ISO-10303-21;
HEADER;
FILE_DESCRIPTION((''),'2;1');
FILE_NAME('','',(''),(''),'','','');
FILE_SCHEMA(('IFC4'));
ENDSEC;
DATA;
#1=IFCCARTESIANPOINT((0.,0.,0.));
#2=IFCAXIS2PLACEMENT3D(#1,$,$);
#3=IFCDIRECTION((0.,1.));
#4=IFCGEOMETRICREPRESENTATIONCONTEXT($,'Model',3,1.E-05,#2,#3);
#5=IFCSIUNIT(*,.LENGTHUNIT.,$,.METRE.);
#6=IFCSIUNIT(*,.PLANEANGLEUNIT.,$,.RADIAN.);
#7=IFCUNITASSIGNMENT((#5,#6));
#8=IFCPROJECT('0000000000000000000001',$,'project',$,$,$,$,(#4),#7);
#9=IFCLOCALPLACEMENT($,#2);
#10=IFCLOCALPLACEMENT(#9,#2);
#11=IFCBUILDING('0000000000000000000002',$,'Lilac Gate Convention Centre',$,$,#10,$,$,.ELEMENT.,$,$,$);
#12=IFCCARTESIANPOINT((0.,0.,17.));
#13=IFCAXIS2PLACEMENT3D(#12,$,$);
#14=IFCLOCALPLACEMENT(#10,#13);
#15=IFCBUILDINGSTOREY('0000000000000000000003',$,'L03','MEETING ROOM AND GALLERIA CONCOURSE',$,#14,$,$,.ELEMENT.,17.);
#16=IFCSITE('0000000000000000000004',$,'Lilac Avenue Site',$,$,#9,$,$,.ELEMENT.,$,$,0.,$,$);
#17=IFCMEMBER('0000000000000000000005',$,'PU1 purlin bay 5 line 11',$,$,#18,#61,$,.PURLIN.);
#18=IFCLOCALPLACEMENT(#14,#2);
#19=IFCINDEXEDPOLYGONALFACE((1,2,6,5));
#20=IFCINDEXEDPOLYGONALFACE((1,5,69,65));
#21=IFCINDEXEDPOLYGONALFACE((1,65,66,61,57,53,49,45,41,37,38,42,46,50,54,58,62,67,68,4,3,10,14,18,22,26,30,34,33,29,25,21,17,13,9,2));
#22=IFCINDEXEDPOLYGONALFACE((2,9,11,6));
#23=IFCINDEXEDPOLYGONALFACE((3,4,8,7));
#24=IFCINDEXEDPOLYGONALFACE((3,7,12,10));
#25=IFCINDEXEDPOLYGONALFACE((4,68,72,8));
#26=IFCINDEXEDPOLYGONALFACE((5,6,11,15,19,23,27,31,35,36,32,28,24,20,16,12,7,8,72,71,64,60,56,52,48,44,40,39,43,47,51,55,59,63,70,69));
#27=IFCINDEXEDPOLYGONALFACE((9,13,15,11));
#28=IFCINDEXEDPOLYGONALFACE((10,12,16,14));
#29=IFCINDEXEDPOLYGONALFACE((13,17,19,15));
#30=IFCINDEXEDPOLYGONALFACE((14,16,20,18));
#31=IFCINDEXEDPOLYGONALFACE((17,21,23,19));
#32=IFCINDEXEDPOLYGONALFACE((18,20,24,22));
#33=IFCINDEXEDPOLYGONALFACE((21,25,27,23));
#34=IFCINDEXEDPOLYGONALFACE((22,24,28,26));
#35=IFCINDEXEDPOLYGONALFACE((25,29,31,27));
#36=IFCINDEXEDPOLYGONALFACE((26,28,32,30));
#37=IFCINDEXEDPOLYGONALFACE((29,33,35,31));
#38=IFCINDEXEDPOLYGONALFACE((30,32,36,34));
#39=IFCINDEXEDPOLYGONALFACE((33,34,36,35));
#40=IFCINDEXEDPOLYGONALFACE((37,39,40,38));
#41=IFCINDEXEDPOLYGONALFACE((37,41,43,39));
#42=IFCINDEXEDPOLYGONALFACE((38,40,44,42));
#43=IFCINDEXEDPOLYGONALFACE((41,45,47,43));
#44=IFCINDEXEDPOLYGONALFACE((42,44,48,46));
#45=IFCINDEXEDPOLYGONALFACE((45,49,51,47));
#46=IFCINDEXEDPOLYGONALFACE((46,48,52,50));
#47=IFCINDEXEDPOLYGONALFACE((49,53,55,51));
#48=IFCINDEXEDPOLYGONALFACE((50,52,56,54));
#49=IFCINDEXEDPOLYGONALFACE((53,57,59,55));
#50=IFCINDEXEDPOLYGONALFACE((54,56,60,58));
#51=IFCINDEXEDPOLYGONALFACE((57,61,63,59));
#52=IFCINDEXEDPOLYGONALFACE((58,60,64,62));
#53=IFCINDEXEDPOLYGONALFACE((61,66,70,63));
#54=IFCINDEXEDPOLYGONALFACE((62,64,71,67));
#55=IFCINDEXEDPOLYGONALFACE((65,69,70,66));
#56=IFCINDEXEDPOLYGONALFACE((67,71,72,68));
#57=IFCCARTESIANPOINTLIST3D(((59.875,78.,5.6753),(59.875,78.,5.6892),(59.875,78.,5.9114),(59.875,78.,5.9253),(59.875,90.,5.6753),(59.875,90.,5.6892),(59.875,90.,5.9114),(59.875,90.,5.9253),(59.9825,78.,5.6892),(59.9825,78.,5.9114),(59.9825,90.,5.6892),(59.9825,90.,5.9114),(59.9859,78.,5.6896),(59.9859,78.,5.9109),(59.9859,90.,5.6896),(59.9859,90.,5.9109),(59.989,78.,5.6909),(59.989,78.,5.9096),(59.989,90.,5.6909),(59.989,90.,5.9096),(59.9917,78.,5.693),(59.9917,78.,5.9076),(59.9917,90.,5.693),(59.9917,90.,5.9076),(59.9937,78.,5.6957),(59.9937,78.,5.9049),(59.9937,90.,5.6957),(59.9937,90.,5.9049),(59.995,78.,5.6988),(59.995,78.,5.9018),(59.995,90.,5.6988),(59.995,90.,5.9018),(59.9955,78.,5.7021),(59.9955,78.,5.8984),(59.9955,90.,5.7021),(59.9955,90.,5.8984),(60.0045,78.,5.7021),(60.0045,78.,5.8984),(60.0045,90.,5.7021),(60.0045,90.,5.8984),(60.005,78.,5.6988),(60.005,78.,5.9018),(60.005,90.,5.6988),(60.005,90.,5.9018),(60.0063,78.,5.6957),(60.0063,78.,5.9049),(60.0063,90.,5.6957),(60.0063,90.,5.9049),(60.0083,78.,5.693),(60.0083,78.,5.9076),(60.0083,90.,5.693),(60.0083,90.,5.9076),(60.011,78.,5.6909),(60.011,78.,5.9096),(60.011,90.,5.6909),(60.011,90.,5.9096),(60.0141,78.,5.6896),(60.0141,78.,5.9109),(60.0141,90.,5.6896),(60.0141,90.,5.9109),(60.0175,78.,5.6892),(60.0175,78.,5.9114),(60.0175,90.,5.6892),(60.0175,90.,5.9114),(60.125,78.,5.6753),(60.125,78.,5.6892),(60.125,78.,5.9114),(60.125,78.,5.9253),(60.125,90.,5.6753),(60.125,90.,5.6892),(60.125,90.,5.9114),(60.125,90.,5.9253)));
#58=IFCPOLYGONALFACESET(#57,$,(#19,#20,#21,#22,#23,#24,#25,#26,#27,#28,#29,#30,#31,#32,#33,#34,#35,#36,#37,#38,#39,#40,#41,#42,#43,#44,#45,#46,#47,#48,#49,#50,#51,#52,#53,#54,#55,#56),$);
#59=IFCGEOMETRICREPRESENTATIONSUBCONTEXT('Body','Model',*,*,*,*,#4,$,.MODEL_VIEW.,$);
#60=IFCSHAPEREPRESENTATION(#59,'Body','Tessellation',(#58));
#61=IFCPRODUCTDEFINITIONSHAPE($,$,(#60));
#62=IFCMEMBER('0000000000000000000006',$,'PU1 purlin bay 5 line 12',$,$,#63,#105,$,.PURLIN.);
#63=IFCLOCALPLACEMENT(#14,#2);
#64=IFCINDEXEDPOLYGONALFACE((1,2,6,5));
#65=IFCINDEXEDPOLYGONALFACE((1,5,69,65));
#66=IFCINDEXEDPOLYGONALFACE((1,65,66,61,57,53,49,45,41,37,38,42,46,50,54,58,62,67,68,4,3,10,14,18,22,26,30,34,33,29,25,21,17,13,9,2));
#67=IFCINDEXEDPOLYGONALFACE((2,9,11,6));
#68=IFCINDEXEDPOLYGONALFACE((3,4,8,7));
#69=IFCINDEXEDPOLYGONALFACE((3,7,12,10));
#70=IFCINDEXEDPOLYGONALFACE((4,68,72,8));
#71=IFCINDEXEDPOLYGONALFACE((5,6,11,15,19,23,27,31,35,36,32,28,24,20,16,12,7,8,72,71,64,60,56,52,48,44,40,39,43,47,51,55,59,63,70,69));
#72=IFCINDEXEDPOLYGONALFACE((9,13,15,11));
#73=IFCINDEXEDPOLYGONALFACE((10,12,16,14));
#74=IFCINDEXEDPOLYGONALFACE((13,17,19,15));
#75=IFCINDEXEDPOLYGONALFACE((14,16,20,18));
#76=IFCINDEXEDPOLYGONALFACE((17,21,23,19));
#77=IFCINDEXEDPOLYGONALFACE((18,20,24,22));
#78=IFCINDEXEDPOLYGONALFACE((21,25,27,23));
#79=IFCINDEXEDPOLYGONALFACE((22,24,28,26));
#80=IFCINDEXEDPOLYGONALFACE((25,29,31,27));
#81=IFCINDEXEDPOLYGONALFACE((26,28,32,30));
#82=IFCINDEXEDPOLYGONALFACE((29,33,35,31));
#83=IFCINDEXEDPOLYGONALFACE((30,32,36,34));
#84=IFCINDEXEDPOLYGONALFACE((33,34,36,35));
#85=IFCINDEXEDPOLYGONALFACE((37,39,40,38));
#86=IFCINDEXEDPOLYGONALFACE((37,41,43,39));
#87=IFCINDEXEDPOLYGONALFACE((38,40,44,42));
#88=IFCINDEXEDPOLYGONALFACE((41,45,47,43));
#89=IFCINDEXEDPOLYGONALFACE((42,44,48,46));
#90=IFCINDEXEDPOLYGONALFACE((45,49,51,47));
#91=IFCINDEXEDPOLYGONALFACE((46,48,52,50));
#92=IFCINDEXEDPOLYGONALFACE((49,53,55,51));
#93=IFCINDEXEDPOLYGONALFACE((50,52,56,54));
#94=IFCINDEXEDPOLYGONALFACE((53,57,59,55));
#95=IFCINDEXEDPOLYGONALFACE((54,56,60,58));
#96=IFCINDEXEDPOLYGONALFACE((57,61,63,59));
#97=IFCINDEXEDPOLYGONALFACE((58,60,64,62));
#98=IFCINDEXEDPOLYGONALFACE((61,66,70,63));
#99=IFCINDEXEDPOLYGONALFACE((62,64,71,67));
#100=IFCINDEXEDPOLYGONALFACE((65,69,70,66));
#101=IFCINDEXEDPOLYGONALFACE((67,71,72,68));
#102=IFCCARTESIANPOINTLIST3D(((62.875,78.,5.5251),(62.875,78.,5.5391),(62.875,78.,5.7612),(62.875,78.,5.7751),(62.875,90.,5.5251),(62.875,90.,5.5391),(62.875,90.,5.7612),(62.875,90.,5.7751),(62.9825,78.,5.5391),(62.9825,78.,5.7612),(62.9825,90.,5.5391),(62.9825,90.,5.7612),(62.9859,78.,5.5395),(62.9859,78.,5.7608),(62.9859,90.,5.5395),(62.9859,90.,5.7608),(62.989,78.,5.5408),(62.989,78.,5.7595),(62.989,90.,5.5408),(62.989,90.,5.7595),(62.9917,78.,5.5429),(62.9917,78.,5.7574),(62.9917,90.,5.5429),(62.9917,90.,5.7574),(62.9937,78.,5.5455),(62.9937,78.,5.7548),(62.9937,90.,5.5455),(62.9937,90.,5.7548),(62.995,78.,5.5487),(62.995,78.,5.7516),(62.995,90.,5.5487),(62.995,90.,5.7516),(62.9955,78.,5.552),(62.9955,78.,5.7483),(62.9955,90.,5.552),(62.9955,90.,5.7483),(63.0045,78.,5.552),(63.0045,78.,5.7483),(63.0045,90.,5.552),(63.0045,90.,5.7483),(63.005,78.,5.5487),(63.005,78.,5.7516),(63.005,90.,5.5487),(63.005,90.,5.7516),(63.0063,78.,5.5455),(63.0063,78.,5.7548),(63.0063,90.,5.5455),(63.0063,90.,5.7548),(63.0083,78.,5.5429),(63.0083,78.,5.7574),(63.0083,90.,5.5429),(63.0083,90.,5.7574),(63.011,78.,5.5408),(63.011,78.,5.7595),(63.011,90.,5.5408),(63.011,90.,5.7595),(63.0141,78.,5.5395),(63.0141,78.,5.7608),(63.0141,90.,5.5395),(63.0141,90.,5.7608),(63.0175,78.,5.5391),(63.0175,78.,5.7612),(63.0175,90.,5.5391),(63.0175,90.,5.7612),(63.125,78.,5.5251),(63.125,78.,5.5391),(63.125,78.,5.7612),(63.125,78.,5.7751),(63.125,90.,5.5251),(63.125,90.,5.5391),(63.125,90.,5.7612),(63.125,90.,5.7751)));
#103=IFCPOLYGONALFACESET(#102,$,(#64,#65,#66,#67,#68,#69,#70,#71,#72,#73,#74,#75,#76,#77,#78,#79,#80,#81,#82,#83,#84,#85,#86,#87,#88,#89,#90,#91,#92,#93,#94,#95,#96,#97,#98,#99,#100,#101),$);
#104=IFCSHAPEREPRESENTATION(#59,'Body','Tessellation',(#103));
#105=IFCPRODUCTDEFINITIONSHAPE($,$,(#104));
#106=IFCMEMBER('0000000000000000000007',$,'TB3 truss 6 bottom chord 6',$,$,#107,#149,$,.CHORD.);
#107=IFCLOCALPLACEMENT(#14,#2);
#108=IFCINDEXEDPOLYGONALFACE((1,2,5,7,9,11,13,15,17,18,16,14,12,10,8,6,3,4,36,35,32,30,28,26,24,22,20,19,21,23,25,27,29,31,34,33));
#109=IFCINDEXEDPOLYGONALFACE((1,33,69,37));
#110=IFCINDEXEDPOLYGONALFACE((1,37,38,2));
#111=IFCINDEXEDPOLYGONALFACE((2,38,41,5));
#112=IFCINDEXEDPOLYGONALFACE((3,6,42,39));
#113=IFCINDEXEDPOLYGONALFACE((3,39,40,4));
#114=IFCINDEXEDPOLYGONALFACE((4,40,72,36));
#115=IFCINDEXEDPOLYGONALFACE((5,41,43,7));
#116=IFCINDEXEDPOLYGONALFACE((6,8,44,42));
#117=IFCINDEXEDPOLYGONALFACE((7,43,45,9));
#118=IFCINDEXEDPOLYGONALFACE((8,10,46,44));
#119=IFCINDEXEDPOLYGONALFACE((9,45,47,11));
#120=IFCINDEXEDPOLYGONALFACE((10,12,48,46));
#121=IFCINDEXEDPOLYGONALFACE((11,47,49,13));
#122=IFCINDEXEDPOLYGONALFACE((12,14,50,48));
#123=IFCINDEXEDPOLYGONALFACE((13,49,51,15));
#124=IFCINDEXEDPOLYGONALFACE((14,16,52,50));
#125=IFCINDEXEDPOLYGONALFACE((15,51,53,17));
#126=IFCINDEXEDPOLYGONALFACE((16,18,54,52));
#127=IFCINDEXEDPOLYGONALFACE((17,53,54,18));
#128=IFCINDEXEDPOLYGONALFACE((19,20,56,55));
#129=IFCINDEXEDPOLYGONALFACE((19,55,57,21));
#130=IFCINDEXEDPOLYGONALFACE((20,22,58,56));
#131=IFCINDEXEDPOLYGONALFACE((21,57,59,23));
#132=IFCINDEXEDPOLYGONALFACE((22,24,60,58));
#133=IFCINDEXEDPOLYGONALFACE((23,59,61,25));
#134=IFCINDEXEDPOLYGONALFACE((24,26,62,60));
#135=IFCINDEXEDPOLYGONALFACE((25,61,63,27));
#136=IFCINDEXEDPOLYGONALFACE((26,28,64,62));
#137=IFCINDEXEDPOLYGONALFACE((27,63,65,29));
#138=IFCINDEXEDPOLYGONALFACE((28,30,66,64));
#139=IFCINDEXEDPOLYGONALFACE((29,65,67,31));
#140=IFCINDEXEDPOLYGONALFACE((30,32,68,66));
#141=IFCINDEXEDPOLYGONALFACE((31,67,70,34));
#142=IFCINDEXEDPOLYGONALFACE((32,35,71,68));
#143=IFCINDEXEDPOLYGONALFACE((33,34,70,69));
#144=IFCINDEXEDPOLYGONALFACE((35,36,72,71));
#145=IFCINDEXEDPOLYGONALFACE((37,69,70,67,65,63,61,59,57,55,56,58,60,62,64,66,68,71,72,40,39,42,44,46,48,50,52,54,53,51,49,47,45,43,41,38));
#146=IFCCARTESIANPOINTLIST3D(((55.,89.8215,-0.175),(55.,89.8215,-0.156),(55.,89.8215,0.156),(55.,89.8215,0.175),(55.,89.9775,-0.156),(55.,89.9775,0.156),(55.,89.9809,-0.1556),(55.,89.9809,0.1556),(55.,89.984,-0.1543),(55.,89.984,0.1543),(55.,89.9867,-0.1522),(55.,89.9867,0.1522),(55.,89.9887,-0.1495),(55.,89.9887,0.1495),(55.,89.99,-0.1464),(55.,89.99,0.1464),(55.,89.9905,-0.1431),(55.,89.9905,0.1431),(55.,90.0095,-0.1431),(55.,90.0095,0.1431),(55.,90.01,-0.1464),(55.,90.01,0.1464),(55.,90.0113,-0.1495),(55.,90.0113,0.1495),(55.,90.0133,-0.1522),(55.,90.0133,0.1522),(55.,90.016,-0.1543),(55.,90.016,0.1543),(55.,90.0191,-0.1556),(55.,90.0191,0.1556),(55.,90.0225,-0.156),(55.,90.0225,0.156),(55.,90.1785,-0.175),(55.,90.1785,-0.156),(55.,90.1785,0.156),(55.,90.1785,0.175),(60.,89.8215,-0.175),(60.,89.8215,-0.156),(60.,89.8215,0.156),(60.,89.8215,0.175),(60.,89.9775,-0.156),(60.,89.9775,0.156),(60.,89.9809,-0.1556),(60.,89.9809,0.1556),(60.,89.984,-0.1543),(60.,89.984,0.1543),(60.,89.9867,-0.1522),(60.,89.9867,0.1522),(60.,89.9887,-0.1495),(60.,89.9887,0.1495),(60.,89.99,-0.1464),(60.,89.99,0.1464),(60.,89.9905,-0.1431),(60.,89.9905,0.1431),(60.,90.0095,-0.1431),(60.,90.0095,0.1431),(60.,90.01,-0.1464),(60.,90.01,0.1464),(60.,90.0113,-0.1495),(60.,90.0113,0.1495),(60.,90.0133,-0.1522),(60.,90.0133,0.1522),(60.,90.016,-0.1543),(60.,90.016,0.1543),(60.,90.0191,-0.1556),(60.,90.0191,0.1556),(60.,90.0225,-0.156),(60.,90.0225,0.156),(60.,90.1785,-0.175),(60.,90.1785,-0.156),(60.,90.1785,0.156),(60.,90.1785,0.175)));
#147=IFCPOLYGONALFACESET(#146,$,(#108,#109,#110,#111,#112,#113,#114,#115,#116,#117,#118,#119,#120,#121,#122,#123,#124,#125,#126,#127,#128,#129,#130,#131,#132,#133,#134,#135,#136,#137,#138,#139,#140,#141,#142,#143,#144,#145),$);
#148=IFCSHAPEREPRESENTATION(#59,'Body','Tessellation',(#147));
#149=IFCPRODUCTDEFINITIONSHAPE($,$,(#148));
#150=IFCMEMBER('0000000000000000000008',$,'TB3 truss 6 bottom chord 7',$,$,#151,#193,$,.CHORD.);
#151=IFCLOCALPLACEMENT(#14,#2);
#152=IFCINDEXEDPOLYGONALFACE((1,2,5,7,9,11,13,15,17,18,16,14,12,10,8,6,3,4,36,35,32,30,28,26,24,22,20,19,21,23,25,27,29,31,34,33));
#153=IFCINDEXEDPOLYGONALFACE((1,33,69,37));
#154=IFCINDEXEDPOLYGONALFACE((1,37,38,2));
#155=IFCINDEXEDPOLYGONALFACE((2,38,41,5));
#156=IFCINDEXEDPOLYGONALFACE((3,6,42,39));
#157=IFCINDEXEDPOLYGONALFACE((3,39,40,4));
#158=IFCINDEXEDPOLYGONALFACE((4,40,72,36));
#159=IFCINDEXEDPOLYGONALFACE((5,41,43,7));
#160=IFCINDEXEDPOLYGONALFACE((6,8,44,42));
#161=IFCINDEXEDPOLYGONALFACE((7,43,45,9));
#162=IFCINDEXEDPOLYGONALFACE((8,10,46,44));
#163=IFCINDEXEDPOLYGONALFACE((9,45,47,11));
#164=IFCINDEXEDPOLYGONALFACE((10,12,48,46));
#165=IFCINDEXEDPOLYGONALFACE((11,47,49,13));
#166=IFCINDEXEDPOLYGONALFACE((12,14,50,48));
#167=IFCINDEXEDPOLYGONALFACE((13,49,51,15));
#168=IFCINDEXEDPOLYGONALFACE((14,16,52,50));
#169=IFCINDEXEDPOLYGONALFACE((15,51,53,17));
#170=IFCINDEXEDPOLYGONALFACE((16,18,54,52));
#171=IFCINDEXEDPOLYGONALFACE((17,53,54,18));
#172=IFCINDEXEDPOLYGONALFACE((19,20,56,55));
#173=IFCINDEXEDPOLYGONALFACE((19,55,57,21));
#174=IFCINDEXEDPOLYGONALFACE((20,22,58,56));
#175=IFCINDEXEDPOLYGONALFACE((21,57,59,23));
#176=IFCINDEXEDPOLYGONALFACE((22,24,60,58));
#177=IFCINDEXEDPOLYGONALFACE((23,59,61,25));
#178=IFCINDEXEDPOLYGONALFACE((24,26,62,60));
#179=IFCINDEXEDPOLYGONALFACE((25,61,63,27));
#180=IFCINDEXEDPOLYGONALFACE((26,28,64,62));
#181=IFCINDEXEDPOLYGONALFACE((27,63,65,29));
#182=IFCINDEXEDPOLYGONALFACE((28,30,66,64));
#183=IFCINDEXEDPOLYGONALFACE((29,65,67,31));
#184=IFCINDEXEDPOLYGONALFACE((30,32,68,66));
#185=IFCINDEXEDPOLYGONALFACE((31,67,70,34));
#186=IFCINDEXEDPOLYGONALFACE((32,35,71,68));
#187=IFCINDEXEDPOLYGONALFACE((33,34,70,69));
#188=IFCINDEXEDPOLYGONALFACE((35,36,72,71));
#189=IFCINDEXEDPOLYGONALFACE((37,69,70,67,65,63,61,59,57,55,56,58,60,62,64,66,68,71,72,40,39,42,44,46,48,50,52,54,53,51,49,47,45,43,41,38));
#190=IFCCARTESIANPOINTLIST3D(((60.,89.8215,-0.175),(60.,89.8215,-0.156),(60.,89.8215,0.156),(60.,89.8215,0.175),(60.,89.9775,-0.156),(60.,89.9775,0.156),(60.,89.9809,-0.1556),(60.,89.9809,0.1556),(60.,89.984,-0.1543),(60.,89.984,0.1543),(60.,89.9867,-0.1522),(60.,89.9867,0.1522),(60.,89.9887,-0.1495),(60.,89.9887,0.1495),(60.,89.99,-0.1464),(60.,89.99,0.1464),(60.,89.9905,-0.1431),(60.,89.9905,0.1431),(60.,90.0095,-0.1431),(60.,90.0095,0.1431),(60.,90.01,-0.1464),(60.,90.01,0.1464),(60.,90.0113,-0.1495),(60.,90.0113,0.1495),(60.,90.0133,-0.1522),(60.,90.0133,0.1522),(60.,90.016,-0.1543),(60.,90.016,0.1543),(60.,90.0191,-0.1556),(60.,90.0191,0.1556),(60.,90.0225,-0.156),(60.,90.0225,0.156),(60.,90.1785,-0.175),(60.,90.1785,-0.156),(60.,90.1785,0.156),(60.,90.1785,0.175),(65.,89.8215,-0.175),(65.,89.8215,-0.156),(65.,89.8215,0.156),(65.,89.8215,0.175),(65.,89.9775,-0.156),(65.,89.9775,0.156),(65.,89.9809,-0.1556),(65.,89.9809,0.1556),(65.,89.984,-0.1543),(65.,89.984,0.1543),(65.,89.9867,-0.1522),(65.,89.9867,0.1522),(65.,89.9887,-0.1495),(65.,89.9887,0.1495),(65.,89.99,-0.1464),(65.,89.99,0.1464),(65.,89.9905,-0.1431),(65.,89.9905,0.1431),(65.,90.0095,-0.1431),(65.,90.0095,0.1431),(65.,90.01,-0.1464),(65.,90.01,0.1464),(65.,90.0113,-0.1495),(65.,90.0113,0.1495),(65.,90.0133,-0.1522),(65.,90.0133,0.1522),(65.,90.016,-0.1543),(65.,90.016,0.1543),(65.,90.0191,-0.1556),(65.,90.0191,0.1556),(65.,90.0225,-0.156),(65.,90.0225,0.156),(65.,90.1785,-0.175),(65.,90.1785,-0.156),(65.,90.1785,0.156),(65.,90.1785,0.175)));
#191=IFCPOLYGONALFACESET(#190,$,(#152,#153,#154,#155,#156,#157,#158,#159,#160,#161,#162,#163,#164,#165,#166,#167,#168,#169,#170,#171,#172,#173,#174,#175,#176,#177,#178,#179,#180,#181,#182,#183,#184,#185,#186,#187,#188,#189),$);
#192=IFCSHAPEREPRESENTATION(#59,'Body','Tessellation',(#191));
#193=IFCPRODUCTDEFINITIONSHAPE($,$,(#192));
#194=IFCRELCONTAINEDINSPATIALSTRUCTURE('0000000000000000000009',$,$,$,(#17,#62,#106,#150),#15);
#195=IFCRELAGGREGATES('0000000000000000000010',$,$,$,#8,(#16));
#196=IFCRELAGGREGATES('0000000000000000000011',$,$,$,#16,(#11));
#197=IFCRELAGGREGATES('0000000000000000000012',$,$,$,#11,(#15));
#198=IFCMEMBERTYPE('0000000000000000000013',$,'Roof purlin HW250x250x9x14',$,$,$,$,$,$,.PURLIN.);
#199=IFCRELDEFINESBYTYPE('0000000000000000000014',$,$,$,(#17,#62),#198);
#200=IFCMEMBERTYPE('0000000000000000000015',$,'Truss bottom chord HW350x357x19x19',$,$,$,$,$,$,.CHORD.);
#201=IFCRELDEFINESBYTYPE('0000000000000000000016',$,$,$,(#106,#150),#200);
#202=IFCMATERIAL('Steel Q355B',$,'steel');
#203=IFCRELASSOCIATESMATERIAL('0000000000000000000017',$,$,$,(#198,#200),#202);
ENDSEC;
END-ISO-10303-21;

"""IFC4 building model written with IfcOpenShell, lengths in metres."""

from ifc_helpers import new_model, si_unit, direction, frame, origin, origin_2d, place, context, subcontext, project, spatial, i_section, extrude, material, material_profile, profile_set, type_object, element, save


model = new_model("IFC4")

# Units and contexts
model_context = context("Model", 3, precision=1e-05, world=origin(), true_north=direction((0.0, 1.0)))
body_context = subcontext(model_context, "Body", "Model", "MODEL_VIEW")
ifc_project = project(units=[si_unit("LENGTHUNIT", "METRE"), si_unit("PLANEANGLEUNIT", "RADIAN")], contexts=[model_context])

# Site, building, storey
site_placement = place(None, origin())
site = spatial("IfcSite", under=ifc_project, at=site_placement, Name="Lilac Avenue Site", CompositionType="ELEMENT", RefElevation=0.0)
building_placement = place(site_placement, origin())
building = spatial("IfcBuilding", under=site, at=building_placement, Name="Lilac Gate Convention Centre", CompositionType="ELEMENT")
storey_placement = place(building_placement, frame((0.0, 0.0, 17.0)))
storey = spatial("IfcBuildingStorey", under=building, at=storey_placement, Name="L03", Description="MEETING ROOM AND GALLERIA CONCOURSE", CompositionType="ELEMENT", Elevation=17.0)

# Members
ifc_material = material(Name="Steel Q355B", Category="steel")
ifc_material_profile_1 = material_profile(ifc_material, i_section(OverallWidth=0.25, OverallDepth=0.25, WebThickness=0.009, FlangeThickness=0.0139, FilletRadius=0.0129, at=origin_2d()), Name="HW250x250x9x14")
ifc_profile_set_1 = profile_set([ifc_material_profile_1], Name="Steel Q355B")
member_type_1 = type_object("IfcMemberType", Name="Roof purlin HW250x250x9x14", PredefinedType="PURLIN", material=ifc_profile_set_1)
for number, where, z_axis, x_axis, name in (
    (1, (60.0, 78.0, 5.8003), (0.0, 1.0, 0.0), (-1.0, 0.0, 0.0), "PU1 purlin bay 5 line 11"),
    (2, (63.0, 78.0, 5.6501), (0.0, 1.0, 0.0), (-1.0, 0.0, 0.0), "PU1 purlin bay 5 line 12"),
):
    element("IfcMember", number, at=place(storey_placement, frame(where, z_axis=z_axis, x_axis=x_axis)), inside=storey, type_object=member_type_1, Name=name, PredefinedType="PURLIN", context=body_context, shape_type="SweptSolid", body=[
        extrude(i_section(OverallWidth=0.25, OverallDepth=0.25, WebThickness=0.009, FlangeThickness=0.0139, FilletRadius=0.0129, at=origin_2d()), origin(), (0.0, 0.0, 1.0), 12.0),
    ])
ifc_material_profile_2 = material_profile(ifc_material, i_section(OverallWidth=0.3569, OverallDepth=0.3501, WebThickness=0.019, FlangeThickness=0.019, FilletRadius=0.0129, at=origin_2d()), Name="HW350x357x19x19")
ifc_profile_set_2 = profile_set([ifc_material_profile_2], Name="Steel Q355B")
member_type_2 = type_object("IfcMemberType", Name="Truss bottom chord HW350x357x19x19", PredefinedType="CHORD", material=ifc_profile_set_2)
for number, where, z_axis, x_axis, name in (
    (3, (55.0, 90.0, 0.0), (1.0, 0.0, 0.0), (0.0, 1.0, 0.0), "TB3 truss 6 bottom chord 6"),
    (4, (60.0, 90.0, 0.0), (1.0, 0.0, 0.0), (0.0, 1.0, 0.0), "TB3 truss 6 bottom chord 7"),
):
    element("IfcMember", number, at=place(storey_placement, frame(where, z_axis=z_axis, x_axis=x_axis)), inside=storey, type_object=member_type_2, Name=name, PredefinedType="CHORD", context=body_context, shape_type="SweptSolid", body=[
        extrude(i_section(OverallWidth=0.3569, OverallDepth=0.3501, WebThickness=0.019, FlangeThickness=0.019, FilletRadius=0.0129, at=origin_2d()), origin(), (0.0, 0.0, 1.0), 5.0),
    ])

save(model, "model.ifc")
